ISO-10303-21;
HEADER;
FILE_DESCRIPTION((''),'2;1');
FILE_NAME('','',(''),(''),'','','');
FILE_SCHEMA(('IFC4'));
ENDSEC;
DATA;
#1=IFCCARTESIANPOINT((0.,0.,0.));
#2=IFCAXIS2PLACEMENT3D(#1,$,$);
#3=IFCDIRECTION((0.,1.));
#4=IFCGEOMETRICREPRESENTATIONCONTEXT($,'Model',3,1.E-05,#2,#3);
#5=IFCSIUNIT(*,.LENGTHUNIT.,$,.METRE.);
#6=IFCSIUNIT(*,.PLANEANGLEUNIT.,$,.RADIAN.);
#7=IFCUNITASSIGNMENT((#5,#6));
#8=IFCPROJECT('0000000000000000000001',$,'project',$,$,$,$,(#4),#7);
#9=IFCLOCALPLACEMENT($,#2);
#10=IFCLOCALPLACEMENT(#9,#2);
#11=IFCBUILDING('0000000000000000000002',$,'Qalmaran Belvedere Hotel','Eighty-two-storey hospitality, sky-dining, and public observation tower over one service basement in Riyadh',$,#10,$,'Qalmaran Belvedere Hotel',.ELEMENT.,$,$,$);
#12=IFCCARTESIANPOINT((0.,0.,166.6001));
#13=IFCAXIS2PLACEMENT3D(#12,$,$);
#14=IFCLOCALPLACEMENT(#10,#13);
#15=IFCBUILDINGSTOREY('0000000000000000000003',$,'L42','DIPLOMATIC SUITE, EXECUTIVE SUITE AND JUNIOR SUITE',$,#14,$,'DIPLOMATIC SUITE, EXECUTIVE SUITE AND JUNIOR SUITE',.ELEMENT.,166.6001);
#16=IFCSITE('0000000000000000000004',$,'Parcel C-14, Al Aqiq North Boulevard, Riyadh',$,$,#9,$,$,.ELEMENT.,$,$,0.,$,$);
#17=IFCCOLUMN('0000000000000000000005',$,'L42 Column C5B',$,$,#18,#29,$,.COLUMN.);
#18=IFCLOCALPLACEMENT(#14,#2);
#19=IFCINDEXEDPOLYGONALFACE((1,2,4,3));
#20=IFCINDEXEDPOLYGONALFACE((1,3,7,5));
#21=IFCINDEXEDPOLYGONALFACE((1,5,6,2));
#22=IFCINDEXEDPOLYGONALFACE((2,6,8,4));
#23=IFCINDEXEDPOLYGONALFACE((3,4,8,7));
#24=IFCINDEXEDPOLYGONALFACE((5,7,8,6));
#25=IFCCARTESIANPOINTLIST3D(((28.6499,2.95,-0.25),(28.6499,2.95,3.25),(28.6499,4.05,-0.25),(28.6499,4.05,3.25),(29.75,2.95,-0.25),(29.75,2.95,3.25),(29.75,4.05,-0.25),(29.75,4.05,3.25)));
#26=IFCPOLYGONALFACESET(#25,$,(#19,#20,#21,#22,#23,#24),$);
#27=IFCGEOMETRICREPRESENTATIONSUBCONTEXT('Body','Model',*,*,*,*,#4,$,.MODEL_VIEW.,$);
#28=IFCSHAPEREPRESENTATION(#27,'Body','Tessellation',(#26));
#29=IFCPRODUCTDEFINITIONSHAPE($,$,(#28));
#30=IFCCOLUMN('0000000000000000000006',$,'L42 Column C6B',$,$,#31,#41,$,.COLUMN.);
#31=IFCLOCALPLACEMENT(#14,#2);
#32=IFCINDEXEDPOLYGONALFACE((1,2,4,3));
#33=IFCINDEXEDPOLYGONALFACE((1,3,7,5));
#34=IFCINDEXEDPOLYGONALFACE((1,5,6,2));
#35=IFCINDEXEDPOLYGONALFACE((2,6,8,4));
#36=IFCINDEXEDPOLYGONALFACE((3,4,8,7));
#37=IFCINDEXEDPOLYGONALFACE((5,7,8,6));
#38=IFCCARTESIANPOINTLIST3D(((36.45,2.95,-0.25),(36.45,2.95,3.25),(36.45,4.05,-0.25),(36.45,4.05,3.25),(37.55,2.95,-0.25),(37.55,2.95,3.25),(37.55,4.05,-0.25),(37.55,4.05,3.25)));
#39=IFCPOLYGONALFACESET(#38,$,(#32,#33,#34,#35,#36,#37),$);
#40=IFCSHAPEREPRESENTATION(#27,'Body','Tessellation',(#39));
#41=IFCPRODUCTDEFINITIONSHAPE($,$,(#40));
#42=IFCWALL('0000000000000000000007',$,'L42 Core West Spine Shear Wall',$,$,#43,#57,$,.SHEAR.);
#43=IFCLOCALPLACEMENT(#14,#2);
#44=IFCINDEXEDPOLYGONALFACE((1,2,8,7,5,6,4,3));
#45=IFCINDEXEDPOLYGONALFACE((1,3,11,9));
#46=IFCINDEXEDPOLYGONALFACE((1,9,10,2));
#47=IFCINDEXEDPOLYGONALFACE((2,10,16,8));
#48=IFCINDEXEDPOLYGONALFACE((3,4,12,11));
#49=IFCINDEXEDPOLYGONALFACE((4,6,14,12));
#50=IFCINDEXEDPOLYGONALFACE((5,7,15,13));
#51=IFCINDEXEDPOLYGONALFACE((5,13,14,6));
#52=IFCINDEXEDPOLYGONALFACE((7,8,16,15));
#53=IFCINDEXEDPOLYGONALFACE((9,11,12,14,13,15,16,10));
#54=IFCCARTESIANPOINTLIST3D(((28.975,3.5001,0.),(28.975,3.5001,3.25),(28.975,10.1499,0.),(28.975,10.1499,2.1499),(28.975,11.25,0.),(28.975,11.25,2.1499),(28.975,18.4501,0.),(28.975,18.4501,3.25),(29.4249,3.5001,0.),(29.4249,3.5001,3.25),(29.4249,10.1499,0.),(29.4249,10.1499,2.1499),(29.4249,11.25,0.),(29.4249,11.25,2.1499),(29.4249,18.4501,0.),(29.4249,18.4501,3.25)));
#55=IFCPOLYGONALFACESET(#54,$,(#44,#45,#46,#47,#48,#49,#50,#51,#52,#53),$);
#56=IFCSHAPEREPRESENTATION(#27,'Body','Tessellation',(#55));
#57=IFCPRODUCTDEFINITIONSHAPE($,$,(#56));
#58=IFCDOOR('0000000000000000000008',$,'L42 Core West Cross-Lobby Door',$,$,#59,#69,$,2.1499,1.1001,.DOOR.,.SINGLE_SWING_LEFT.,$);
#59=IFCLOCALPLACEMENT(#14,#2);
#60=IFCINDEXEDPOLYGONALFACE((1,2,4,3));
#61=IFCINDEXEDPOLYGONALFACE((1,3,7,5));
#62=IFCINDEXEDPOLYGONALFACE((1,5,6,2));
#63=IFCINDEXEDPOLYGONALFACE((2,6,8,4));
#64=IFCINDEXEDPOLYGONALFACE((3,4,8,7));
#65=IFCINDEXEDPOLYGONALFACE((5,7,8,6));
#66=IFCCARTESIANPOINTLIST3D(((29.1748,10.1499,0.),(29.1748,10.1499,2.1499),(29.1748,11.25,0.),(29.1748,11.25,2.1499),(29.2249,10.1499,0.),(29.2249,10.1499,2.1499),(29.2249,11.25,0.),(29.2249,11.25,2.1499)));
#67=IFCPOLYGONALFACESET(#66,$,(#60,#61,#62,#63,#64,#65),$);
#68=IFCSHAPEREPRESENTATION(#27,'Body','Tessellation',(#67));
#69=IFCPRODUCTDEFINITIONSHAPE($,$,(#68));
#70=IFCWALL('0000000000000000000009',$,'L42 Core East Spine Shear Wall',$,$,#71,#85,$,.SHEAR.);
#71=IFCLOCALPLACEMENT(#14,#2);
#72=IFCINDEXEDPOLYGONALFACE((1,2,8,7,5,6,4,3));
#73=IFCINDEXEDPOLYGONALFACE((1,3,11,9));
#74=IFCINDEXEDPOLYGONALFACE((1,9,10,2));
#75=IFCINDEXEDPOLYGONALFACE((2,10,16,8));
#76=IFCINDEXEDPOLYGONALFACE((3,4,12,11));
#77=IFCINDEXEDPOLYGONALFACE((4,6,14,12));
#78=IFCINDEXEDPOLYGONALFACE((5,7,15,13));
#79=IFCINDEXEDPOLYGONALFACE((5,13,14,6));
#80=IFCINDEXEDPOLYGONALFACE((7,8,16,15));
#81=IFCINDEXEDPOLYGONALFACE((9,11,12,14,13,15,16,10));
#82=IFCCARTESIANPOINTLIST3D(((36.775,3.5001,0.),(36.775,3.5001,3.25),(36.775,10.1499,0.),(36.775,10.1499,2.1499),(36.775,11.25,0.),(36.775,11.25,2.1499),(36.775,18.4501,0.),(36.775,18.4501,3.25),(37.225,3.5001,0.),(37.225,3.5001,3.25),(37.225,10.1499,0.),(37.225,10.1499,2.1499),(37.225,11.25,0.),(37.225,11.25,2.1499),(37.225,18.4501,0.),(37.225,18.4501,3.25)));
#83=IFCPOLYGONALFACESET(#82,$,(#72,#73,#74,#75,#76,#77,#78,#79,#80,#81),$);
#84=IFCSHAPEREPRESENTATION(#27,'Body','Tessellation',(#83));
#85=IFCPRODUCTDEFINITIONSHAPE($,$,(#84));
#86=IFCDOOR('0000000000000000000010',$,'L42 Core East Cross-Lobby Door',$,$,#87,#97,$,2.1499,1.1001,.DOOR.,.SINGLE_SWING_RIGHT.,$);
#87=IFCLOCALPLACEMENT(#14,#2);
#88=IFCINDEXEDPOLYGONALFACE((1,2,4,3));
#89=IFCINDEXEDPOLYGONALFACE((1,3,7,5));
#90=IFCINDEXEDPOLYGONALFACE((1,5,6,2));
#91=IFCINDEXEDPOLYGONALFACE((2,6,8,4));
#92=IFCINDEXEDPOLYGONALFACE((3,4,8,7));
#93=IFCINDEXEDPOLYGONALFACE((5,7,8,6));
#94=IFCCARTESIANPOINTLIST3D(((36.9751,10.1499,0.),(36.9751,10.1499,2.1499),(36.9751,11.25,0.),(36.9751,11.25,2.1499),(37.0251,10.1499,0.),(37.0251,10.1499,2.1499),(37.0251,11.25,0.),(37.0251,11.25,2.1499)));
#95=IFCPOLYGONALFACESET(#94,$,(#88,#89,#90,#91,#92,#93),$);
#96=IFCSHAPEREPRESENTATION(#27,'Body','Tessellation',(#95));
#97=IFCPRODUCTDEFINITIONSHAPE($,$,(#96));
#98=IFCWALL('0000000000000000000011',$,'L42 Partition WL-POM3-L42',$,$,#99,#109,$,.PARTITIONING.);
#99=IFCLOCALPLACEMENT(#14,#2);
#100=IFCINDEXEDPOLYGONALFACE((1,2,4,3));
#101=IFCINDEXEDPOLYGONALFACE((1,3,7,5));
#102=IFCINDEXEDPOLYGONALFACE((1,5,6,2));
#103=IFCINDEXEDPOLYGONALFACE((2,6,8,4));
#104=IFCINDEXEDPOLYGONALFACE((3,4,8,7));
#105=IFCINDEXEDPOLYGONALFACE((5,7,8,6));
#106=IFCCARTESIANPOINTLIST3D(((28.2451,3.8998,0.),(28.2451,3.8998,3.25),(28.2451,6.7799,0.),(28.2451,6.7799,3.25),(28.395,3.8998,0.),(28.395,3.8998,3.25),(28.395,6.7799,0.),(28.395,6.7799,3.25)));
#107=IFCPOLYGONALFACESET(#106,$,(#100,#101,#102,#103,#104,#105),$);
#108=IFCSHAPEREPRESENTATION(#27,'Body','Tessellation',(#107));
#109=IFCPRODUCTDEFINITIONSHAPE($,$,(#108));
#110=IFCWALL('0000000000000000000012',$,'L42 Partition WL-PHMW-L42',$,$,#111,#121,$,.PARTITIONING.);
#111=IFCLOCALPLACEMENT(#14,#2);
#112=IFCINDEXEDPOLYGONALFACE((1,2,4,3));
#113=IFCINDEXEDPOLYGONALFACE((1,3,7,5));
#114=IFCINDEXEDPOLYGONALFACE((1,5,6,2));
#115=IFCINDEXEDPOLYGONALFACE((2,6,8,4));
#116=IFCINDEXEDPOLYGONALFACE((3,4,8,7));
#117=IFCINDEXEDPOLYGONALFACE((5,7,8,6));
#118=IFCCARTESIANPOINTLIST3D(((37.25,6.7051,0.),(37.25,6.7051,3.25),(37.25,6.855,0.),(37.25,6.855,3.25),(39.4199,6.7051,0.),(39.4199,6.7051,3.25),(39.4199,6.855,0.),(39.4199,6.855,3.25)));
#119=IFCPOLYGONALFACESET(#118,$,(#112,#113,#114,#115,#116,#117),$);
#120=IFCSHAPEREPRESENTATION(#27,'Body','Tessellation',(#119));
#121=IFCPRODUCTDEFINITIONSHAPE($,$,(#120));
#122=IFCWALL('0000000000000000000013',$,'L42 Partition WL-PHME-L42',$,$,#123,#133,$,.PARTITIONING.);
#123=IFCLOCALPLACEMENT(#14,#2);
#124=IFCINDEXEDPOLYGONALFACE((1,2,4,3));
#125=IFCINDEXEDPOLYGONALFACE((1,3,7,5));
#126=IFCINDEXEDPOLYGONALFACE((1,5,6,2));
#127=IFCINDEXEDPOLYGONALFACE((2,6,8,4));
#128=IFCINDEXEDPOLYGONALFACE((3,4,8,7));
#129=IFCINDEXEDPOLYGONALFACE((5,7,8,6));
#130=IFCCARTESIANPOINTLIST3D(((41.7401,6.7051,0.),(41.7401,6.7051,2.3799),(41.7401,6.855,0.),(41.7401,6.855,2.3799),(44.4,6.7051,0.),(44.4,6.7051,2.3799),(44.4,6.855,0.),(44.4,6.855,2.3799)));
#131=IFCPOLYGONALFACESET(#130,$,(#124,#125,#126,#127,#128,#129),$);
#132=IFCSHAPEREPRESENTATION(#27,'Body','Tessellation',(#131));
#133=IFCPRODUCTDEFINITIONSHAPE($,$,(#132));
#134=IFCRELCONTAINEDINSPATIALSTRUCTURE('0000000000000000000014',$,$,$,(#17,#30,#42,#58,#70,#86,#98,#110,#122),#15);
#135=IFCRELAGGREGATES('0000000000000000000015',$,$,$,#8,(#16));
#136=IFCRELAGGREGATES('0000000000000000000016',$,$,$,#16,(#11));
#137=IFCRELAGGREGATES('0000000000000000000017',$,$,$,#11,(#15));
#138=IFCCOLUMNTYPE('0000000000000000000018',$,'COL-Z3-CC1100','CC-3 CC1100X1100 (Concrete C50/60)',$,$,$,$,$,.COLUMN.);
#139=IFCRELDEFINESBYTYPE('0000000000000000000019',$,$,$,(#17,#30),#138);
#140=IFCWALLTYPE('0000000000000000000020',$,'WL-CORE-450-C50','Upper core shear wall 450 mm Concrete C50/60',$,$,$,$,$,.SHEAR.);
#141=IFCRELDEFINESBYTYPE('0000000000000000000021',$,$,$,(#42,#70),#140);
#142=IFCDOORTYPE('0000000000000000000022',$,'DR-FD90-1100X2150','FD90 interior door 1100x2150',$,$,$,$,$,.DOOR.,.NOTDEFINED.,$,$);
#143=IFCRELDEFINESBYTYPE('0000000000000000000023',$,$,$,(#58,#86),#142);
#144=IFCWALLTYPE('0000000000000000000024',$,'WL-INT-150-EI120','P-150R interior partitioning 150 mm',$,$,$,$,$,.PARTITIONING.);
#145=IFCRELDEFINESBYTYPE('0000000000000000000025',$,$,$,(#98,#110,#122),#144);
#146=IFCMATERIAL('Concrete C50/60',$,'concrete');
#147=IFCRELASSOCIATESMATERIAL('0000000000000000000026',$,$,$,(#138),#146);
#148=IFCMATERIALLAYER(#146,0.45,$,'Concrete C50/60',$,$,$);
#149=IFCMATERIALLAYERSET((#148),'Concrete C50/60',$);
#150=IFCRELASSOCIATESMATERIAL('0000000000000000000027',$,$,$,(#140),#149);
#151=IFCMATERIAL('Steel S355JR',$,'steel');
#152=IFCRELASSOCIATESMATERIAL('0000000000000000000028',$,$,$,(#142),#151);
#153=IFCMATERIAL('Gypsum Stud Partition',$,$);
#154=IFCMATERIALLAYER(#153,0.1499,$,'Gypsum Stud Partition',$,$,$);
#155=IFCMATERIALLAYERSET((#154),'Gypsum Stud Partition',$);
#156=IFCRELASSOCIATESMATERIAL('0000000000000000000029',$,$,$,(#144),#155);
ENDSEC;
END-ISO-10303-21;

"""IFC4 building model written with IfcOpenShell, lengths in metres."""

from ifc_helpers import new_model, si_unit, direction, frame, frame_2d, origin, origin_2d, place, context, subcontext, project, spatial, rectangle, extrude, material, layer, layer_set, material_profile, profile_set, type_object, element, fill, save


model = new_model("IFC4")

# Units and contexts
model_context = context("Model", 3, precision=1e-05, world=origin(), true_north=direction((0.0, 1.0)))
body_context = subcontext(model_context, "Body", "Model", "MODEL_VIEW")
ifc_project = project(units=[si_unit("LENGTHUNIT", "METRE"), si_unit("PLANEANGLEUNIT", "RADIAN")], contexts=[model_context])

# Site, building, storey
site_placement = place(None, origin())
site = spatial("IfcSite", under=ifc_project, at=site_placement, Name="Parcel C-14, Al Aqiq North Boulevard, Riyadh", CompositionType="ELEMENT", RefElevation=0.0)
building_placement = place(site_placement, origin())
building = spatial("IfcBuilding", under=site, at=building_placement, Name="Qalmaran Belvedere Hotel", Description="Eighty-two-storey hospitality, sky-dining, and public observation tower over one service basement in Riyadh", LongName="Qalmaran Belvedere Hotel", CompositionType="ELEMENT")
storey_placement = place(building_placement, frame((0.0, 0.0, 166.6001)))
storey = spatial("IfcBuildingStorey", under=building, at=storey_placement, Name="L42", Description="DIPLOMATIC SUITE, EXECUTIVE SUITE AND JUNIOR SUITE", LongName="DIPLOMATIC SUITE, EXECUTIVE SUITE AND JUNIOR SUITE", CompositionType="ELEMENT", Elevation=166.6001)

# Columns
ifc_material_1 = material(Name="Concrete C50/60", Category="concrete")
ifc_material_profile = material_profile(ifc_material_1, rectangle(XDim=1.1001, YDim=1.1001, at=origin_2d()), Name="CC1100X1100")
ifc_profile_set = profile_set([ifc_material_profile], Name="Concrete C50/60")
column_type = type_object("IfcColumnType", Name="COL-Z3-CC1100", Description="CC-3 CC1100X1100 (Concrete C50/60)", PredefinedType="COLUMN", material=ifc_profile_set)
for number, where, z_axis, x_axis, name in (
    (1, (29.2, 3.5, -0.25), (0.0, 0.0, 1.0), (1.0, 0.0, 0.0), "L42 Column C5B"),
    (2, (37.0, 3.5, -0.25), (0.0, 0.0, 1.0), (1.0, 0.0, 0.0), "L42 Column C6B"),
):
    element("IfcColumn", number, at=place(storey_placement, frame(where, z_axis=z_axis, x_axis=x_axis)), inside=storey, type_object=column_type, Name=name, PredefinedType="COLUMN", context=body_context, shape_type="SweptSolid", body=[
        extrude(rectangle(XDim=1.1001, YDim=1.1001, at=origin_2d()), origin(), (0.0, 0.0, 1.0), 3.5),
    ])

# Walls, openings, doors
ifc_layer_1 = layer(ifc_material_1, 0.45, Name="Concrete C50/60")
ifc_layer_set_1 = layer_set([ifc_layer_1], Name="Concrete C50/60")
wall_type_1 = type_object("IfcWallType", Name="WL-CORE-450-C50", Description="Upper core shear wall 450 mm Concrete C50/60", PredefinedType="SHEAR", material=ifc_layer_set_1)
wall_1_placement = place(storey_placement, frame((29.2, 3.5, 0.0), z_axis=(0.0, 0.0, 1.0), x_axis=(0.0, 1.0, 0.0)))
wall_1 = element("IfcWall", 3, at=wall_1_placement, inside=storey, type_object=wall_type_1, Name="L42 Core West Spine Shear Wall", PredefinedType="SHEAR", context=body_context, shape_type="SweptSolid", body=[
    extrude(rectangle(XDim=14.95, YDim=0.45, at=frame_2d((7.4751, 0.0))), origin(), (0.0, 0.0, 1.0), 3.25),
])
opening_1_placement = place(wall_1_placement, frame((7.75, 0.0, 0.0), z_axis=(0.0, 0.0, 1.0), x_axis=(-1.0, 0.0, 0.0)))
opening_1 = element("IfcOpeningElement", 4, at=opening_1_placement, cuts=wall_1, PredefinedType="OPENING", context=body_context, shape_type="SweptSolid", body=[
    extrude(rectangle(XDim=1.1001, YDim=2.1499, at=frame_2d((0.55, 1.075))), frame((0.0, 0.2349, 0.0), z_axis=(0.0, -1.0, 0.0), x_axis=(1.0, 0.0, 0.0)), (0.0, 0.0, 1.0), 0.47),
])
ifc_material_2 = material(Name="Steel S355JR", Category="steel")
door_type_1 = type_object("IfcDoorType", Name="DR-FD90-1100X2150", Description="FD90 interior door 1100x2150", OperationType="NOTDEFINED", PredefinedType="DOOR", material=ifc_material_2)
door_1_placement = place(opening_1_placement, origin())
door_1 = element("IfcDoor", 5, at=door_1_placement, inside=storey, type_object=door_type_1, Name="L42 Core West Cross-Lobby Door", OperationType="SINGLE_SWING_LEFT", OverallHeight=2.1499, OverallWidth=1.1001, PredefinedType="DOOR", context=body_context, shape_type="SweptSolid", body=[
    extrude(rectangle(XDim=1.1001, YDim=2.1499, at=frame_2d((0.55, 1.075))), frame((0.0, 0.0249, 0.0), z_axis=(0.0, -1.0, 0.0), x_axis=(1.0, 0.0, 0.0)), (0.0, 0.0, 1.0), 0.05),
])
fill(opening_1, door_1)
wall_2_placement = place(storey_placement, frame((37.0, 3.5, 0.0), z_axis=(0.0, 0.0, 1.0), x_axis=(0.0, 1.0, 0.0)))
wall_2 = element("IfcWall", 6, at=wall_2_placement, inside=storey, type_object=wall_type_1, Name="L42 Core East Spine Shear Wall", PredefinedType="SHEAR", context=body_context, shape_type="SweptSolid", body=[
    extrude(rectangle(XDim=14.95, YDim=0.45, at=frame_2d((7.4751, 0.0))), origin(), (0.0, 0.0, 1.0), 3.25),
])
opening_2_placement = place(wall_2_placement, frame((6.6499, 0.0, 0.0)))
opening_2 = element("IfcOpeningElement", 7, at=opening_2_placement, cuts=wall_2, PredefinedType="OPENING", context=body_context, shape_type="SweptSolid", body=[
    extrude(rectangle(XDim=1.1001, YDim=2.1499, at=frame_2d((0.55, 1.075))), frame((0.0, 0.2349, 0.0), z_axis=(0.0, -1.0, 0.0), x_axis=(1.0, 0.0, 0.0)), (0.0, 0.0, 1.0), 0.47),
])
door_2_placement = place(opening_2_placement, origin())
door_2 = element("IfcDoor", 8, at=door_2_placement, inside=storey, type_object=door_type_1, Name="L42 Core East Cross-Lobby Door", OperationType="SINGLE_SWING_RIGHT", OverallHeight=2.1499, OverallWidth=1.1001, PredefinedType="DOOR", context=body_context, shape_type="SweptSolid", body=[
    extrude(rectangle(XDim=1.1001, YDim=2.1499, at=frame_2d((0.55, 1.075))), frame((0.0, 0.0249, 0.0), z_axis=(0.0, -1.0, 0.0), x_axis=(1.0, 0.0, 0.0)), (0.0, 0.0, 1.0), 0.05),
])
fill(opening_2, door_2)

# Walls
ifc_material_3 = material(Name="Gypsum Stud Partition")
ifc_layer_2 = layer(ifc_material_3, 0.1499, Name="Gypsum Stud Partition")
ifc_layer_set_2 = layer_set([ifc_layer_2], Name="Gypsum Stud Partition")
wall_type_2 = type_object("IfcWallType", Name="WL-INT-150-EI120", Description="P-150R interior partitioning 150 mm", PredefinedType="PARTITIONING", material=ifc_layer_set_2)
wall_3_placement = place(storey_placement, frame((28.3201, 3.8999, 0.0), z_axis=(0.0, 0.0, 1.0), x_axis=(0.0, 1.0, 0.0)))
element("IfcWall", 9, at=wall_3_placement, inside=storey, type_object=wall_type_2, Name="L42 Partition WL-POM3-L42", PredefinedType="PARTITIONING", context=body_context, shape_type="SweptSolid", body=[
    extrude(rectangle(XDim=2.8801, YDim=0.1499, at=frame_2d((1.4399, 0.0))), origin(), (0.0, 0.0, 1.0), 3.25),
])
wall_4_placement = place(storey_placement, frame((37.25, 6.78, 0.0), z_axis=(0.0, 0.0, 1.0), x_axis=(1.0, 0.0, 0.0)))
element("IfcWall", 10, at=wall_4_placement, inside=storey, type_object=wall_type_2, Name="L42 Partition WL-PHMW-L42", PredefinedType="PARTITIONING", context=body_context, shape_type="SweptSolid", body=[
    extrude(rectangle(XDim=2.1699, YDim=0.1499, at=frame_2d((1.085, 0.0))), origin(), (0.0, 0.0, 1.0), 3.25),
])
wall_5_placement = place(storey_placement, frame((41.74, 6.78, 0.0), z_axis=(0.0, 0.0, 1.0), x_axis=(1.0, 0.0, 0.0)))
element("IfcWall", 11, at=wall_5_placement, inside=storey, type_object=wall_type_2, Name="L42 Partition WL-PHME-L42", PredefinedType="PARTITIONING", context=body_context, shape_type="SweptSolid", body=[
    extrude(rectangle(XDim=2.6599, YDim=0.1499, at=frame_2d((1.3301, 0.0))), origin(), (0.0, 0.0, 1.0), 2.3799),
])

save(model, "model.ifc")
